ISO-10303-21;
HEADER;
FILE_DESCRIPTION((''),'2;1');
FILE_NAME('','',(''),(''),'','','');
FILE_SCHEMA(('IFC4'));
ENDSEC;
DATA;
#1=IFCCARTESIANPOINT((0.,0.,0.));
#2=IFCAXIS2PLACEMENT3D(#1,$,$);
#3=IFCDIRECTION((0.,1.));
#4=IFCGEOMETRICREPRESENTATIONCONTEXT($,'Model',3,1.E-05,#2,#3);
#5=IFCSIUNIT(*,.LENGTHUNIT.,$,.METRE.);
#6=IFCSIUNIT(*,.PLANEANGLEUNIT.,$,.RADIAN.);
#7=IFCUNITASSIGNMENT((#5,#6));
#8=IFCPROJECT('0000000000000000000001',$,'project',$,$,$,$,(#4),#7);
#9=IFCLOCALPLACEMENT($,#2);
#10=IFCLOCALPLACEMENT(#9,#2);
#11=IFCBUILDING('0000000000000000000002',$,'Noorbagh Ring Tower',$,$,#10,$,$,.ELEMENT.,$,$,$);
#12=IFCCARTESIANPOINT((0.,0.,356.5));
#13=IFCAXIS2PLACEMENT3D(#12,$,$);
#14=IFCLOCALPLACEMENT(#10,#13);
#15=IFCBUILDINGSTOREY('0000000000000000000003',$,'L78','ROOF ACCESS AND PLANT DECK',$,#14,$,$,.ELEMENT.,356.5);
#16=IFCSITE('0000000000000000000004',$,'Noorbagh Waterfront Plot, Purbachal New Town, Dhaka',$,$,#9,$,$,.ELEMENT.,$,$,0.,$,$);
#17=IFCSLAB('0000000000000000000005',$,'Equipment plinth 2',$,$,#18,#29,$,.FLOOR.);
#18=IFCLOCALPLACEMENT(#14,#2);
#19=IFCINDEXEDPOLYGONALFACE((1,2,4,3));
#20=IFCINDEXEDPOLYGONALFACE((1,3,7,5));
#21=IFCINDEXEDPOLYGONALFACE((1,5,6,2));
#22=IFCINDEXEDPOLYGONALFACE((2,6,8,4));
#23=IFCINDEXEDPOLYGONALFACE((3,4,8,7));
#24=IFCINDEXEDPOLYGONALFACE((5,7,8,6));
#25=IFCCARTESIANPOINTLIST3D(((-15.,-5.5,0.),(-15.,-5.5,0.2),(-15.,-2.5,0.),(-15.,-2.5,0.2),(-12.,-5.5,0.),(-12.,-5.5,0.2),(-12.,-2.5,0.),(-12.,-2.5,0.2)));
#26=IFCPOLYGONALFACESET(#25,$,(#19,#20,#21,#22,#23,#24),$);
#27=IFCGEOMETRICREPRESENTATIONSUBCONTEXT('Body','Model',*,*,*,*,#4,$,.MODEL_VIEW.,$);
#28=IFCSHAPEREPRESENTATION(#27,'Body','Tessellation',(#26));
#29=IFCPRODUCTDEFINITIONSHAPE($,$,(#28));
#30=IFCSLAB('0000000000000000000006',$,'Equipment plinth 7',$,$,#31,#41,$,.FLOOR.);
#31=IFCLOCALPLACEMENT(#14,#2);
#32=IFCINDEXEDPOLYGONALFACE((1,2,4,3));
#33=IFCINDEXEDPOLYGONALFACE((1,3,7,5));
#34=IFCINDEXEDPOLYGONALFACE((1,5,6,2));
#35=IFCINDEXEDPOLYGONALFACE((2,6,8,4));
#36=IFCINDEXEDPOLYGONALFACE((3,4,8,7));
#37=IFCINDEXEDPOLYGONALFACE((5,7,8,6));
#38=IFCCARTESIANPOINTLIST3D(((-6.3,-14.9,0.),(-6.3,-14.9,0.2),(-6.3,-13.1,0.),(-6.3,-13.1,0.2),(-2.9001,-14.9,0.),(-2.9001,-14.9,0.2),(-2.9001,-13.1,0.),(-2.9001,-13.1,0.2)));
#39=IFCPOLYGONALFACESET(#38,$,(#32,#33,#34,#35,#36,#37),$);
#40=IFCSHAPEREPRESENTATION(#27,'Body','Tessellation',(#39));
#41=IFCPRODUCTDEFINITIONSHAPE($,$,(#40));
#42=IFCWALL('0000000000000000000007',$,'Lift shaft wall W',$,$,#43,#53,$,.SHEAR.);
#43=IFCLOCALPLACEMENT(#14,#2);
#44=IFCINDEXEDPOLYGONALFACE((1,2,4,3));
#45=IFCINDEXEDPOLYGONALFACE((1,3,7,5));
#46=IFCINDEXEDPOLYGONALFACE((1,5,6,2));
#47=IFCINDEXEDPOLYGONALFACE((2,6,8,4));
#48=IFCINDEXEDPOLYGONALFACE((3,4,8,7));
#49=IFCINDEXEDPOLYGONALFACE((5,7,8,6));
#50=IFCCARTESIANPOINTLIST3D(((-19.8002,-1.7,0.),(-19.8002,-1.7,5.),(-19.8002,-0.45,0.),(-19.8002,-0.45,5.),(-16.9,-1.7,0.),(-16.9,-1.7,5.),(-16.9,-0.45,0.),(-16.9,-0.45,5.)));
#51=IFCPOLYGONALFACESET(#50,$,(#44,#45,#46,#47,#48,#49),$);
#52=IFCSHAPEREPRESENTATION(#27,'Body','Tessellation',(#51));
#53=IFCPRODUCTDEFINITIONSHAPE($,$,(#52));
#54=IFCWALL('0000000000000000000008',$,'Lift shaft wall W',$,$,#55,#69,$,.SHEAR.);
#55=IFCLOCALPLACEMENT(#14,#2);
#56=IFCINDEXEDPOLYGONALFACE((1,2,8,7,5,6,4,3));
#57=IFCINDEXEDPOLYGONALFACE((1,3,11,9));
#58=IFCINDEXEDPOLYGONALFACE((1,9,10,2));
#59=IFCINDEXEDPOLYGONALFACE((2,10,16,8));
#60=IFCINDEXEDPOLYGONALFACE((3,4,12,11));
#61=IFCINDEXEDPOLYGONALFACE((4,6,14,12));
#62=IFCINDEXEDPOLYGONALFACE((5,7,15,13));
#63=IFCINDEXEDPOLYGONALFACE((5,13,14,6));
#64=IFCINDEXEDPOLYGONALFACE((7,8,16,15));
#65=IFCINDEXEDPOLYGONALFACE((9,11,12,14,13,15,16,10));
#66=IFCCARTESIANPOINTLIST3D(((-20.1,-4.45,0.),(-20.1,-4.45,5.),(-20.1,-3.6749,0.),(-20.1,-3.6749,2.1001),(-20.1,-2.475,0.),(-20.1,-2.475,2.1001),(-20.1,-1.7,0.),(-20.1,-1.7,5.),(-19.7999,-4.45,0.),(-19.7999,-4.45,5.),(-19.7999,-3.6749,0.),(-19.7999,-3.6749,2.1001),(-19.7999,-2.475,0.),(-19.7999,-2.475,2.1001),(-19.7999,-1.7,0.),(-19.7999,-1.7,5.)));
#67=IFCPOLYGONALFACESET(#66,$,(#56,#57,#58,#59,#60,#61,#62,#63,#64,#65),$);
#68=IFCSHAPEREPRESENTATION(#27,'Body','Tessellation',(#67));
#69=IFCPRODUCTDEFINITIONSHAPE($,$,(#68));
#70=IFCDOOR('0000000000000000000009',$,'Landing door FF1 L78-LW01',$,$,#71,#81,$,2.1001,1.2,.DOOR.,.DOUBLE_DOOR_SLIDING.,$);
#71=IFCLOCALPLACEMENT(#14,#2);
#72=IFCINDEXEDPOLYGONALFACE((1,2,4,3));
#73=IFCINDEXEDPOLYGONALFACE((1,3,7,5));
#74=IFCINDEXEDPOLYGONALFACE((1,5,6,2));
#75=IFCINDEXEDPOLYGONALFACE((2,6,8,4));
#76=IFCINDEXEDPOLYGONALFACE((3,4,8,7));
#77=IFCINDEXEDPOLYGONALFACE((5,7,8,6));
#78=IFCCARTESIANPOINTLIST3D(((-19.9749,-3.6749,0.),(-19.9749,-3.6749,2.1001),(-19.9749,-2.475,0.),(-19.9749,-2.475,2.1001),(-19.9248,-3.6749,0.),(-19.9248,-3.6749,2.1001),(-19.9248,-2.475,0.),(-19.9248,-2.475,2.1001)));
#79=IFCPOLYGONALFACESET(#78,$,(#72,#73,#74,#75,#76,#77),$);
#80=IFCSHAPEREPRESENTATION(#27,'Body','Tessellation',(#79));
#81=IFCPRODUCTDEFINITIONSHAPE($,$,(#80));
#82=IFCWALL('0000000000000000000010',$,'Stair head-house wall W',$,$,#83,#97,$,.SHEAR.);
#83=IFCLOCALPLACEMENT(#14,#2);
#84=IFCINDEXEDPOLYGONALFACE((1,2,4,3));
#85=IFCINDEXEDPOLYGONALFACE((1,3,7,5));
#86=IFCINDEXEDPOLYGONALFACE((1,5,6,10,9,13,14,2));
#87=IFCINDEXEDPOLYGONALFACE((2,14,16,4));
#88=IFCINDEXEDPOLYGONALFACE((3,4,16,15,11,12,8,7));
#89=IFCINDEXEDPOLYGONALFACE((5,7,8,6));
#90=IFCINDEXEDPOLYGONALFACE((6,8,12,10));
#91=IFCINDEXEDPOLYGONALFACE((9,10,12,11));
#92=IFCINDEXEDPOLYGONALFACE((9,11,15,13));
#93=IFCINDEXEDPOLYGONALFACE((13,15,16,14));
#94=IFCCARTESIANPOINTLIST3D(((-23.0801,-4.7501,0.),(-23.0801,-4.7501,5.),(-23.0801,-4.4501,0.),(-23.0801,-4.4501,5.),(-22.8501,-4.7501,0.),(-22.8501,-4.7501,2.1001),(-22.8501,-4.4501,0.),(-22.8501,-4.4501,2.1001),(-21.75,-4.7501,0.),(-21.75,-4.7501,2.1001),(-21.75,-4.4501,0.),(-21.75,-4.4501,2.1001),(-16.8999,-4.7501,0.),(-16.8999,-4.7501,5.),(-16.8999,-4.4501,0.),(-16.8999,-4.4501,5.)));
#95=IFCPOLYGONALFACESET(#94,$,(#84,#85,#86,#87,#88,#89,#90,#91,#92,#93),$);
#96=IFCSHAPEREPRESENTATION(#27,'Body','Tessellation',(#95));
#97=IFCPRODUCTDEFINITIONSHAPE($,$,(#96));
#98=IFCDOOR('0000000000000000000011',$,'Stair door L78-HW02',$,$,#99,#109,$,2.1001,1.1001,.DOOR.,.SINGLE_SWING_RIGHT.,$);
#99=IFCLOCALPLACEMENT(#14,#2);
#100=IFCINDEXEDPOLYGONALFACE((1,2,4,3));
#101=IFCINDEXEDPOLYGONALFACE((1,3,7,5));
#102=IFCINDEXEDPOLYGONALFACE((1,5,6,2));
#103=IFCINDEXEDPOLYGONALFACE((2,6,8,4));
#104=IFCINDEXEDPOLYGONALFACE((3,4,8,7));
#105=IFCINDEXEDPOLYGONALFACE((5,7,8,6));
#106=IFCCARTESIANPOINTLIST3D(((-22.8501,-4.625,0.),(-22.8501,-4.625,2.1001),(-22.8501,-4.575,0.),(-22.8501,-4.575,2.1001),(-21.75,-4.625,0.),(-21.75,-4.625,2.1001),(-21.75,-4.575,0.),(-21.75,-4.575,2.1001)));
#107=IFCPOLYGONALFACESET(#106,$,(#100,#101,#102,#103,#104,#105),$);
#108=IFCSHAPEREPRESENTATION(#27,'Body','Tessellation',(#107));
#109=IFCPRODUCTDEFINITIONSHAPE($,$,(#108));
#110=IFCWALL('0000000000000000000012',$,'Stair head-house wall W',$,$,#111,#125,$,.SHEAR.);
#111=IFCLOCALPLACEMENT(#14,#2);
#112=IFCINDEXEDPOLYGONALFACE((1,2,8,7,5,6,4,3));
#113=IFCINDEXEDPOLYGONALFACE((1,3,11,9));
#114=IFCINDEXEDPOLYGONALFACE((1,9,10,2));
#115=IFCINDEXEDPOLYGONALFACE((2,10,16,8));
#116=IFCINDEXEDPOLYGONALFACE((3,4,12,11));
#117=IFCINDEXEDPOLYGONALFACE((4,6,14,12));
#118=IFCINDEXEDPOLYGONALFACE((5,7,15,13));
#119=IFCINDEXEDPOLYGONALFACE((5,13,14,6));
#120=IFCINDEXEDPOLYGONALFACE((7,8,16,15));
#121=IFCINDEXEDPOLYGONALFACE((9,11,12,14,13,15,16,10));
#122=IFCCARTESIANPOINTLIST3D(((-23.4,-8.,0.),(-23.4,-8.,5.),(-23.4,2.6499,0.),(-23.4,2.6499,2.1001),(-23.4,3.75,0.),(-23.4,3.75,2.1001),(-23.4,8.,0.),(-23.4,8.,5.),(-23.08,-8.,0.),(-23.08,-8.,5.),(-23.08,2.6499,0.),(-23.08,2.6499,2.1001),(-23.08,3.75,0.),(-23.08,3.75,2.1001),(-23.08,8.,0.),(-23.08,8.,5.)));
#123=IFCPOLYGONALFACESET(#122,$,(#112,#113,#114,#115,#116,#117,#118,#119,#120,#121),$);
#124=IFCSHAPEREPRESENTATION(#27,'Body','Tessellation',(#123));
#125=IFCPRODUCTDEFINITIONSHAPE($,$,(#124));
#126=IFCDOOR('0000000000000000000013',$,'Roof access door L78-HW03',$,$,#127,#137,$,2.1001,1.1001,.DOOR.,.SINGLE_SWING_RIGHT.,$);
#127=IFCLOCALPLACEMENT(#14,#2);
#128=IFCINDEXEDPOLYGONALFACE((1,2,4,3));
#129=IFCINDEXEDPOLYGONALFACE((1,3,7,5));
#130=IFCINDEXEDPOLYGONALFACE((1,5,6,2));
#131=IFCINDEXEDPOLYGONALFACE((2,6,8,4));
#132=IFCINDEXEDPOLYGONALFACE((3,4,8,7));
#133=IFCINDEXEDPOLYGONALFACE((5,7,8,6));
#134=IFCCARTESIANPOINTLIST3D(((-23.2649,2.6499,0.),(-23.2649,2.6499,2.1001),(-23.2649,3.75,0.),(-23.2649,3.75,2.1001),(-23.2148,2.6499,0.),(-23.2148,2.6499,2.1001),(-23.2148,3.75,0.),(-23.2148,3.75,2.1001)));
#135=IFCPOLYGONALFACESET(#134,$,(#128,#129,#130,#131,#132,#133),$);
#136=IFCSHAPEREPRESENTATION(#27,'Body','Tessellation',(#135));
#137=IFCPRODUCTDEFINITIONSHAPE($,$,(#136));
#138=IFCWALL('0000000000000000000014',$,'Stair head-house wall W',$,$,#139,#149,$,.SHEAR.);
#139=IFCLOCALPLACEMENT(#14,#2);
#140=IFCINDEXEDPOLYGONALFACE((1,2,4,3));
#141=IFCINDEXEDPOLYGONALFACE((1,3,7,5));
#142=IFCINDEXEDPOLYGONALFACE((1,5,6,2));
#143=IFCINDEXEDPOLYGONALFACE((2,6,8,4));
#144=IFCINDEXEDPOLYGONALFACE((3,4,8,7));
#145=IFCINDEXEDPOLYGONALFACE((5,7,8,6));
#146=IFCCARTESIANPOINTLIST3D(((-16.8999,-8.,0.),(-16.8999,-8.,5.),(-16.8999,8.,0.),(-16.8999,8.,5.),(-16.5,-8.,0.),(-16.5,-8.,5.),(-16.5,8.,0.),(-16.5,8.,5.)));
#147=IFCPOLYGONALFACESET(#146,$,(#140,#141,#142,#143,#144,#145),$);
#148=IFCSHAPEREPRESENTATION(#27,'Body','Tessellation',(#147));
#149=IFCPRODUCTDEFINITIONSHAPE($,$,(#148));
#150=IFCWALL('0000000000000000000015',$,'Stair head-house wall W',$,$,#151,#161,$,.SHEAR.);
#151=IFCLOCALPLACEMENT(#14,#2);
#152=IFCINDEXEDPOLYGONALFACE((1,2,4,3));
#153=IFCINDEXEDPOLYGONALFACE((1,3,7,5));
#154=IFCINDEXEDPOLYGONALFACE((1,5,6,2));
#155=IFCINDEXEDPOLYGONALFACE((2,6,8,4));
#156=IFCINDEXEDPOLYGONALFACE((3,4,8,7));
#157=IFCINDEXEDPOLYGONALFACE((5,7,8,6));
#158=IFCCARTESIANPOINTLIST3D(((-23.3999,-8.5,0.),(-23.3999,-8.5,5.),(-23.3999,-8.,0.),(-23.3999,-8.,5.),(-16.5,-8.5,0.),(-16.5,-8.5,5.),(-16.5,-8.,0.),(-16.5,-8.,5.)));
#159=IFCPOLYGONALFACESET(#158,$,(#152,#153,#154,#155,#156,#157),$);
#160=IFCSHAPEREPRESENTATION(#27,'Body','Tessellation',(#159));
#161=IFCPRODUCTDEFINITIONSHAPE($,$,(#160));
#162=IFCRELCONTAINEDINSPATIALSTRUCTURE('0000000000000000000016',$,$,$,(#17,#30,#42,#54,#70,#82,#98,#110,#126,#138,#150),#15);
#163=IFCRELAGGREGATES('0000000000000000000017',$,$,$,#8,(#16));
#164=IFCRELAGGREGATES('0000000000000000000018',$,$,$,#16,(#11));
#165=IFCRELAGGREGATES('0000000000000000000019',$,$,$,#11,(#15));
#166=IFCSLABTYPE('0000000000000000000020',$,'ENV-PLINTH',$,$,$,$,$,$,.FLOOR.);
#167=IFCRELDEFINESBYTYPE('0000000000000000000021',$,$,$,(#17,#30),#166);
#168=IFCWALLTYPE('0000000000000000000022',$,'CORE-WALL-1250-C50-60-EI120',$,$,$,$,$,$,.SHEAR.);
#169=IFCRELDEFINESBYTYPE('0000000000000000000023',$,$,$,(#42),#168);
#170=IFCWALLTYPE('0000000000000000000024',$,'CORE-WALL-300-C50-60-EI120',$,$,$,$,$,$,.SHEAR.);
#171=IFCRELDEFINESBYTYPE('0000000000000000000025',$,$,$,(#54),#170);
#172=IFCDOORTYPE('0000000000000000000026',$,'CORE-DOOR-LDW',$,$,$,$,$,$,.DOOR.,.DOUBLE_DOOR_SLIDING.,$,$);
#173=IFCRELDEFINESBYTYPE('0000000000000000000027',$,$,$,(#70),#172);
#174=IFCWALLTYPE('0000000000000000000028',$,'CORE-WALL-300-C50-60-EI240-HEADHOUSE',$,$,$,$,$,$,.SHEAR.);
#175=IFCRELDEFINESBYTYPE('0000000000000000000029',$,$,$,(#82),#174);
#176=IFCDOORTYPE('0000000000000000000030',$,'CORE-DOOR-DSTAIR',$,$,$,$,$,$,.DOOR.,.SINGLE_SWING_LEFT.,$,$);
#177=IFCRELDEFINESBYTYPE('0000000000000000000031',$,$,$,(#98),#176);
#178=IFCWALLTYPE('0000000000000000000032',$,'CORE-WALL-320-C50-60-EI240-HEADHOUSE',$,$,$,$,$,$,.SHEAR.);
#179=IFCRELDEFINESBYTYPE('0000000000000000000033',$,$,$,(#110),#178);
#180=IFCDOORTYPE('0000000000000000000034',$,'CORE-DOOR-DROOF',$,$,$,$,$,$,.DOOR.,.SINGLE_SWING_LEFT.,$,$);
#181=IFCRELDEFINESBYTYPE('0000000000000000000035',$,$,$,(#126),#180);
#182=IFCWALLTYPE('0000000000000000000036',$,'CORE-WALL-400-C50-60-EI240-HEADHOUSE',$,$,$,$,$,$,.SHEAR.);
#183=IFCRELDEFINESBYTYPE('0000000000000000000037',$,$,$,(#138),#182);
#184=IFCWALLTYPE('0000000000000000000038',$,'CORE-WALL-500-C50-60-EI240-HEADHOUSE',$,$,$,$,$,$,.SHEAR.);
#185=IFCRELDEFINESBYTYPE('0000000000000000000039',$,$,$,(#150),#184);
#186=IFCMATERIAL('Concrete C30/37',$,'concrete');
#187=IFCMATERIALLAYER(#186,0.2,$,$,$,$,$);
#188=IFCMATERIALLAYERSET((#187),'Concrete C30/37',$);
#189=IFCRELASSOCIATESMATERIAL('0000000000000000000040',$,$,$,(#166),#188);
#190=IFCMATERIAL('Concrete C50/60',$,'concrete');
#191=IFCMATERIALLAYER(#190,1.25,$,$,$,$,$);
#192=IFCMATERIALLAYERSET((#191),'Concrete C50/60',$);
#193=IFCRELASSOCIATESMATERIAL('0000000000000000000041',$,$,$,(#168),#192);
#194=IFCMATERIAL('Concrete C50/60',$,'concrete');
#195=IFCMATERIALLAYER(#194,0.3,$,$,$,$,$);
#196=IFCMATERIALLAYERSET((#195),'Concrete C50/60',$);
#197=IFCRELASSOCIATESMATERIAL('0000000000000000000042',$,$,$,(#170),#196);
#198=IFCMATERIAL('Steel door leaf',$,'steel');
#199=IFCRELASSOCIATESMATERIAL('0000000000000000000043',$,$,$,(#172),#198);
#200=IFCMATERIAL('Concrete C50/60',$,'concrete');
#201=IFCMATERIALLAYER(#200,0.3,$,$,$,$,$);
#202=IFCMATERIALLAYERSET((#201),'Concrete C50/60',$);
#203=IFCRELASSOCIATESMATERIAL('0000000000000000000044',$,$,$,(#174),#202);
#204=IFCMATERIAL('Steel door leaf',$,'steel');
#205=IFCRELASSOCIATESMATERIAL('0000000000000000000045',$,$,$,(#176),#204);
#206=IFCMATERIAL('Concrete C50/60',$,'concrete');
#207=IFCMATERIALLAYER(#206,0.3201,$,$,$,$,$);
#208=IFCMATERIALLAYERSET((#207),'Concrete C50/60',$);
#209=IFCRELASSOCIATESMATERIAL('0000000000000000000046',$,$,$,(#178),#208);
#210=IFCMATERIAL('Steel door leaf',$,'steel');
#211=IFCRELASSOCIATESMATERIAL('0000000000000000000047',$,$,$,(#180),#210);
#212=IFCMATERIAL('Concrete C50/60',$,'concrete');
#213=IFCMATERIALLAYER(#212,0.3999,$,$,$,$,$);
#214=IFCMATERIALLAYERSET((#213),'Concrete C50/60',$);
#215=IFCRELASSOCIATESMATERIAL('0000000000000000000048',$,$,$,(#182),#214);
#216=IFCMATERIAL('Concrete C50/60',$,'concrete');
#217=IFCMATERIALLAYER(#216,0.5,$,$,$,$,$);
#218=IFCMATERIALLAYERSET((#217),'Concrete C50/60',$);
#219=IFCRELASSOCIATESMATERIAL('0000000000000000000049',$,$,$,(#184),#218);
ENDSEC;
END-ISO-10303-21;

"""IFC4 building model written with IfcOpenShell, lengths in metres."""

from ifc_helpers import new_model, si_unit, direction, frame, frame_2d, origin, origin_2d, place, context, subcontext, project, spatial, rectangle, extrude, material, layer, layer_set, type_object, element, fill, save


model = new_model("IFC4")

# Units and contexts
model_context = context("Model", 3, precision=1e-05, world=origin(), true_north=direction((0.0, 1.0)))
body_context = subcontext(model_context, "Body", "Model", "MODEL_VIEW")
ifc_project = project(units=[si_unit("LENGTHUNIT", "METRE"), si_unit("PLANEANGLEUNIT", "RADIAN")], contexts=[model_context])

# Site, building, storey
site_placement = place(None, origin())
site = spatial("IfcSite", under=ifc_project, at=site_placement, Name="Noorbagh Waterfront Plot, Purbachal New Town, Dhaka", CompositionType="ELEMENT", RefElevation=0.0)
building_placement = place(site_placement, origin())
building = spatial("IfcBuilding", under=site, at=building_placement, Name="Noorbagh Ring Tower", CompositionType="ELEMENT")
storey_placement = place(building_placement, frame((0.0, 0.0, 356.5)))
storey = spatial("IfcBuildingStorey", under=building, at=storey_placement, Name="L78", Description="ROOF ACCESS AND PLANT DECK", CompositionType="ELEMENT", Elevation=356.5)

# Slabs
ifc_material_1 = material(Name="Concrete C30/37", Category="concrete")
ifc_layer_1 = layer(ifc_material_1, 0.2)
ifc_layer_set_1 = layer_set([ifc_layer_1], Name="Concrete C30/37")
slab_type = type_object("IfcSlabType", Name="ENV-PLINTH", PredefinedType="FLOOR", material=ifc_layer_set_1)
slab_1_placement = place(storey_placement, frame((-13.5, -4.0, 0.0), z_axis=(0.0, 0.0, 1.0), x_axis=(1.0, 0.0, 0.0)))
element("IfcSlab", 1, at=slab_1_placement, inside=storey, type_object=slab_type, Name="Equipment plinth 2", PredefinedType="FLOOR", context=body_context, shape_type="SweptSolid", body=[
    extrude(rectangle(XDim=3.0, YDim=3.0, at=origin_2d()), origin(), (0.0, 0.0, 1.0), 0.2),
])
slab_2_placement = place(storey_placement, frame((-4.6001, -14.0, 0.0), z_axis=(0.0, 0.0, 1.0), x_axis=(1.0, 0.0, 0.0)))
element("IfcSlab", 2, at=slab_2_placement, inside=storey, type_object=slab_type, Name="Equipment plinth 7", PredefinedType="FLOOR", context=body_context, shape_type="SweptSolid", body=[
    extrude(rectangle(XDim=3.3999, YDim=1.8, at=origin_2d()), origin(), (0.0, 0.0, 1.0), 0.2),
])

# Wall
ifc_material_2 = material(Name="Concrete C50/60", Category="concrete")
ifc_layer_2 = layer(ifc_material_2, 1.25)
ifc_layer_set_2 = layer_set([ifc_layer_2], Name="Concrete C50/60")
wall_type_1 = type_object("IfcWallType", Name="CORE-WALL-1250-C50-60-EI120", PredefinedType="SHEAR", material=ifc_layer_set_2)
wall_1_placement = place(storey_placement, frame((-16.8999, -1.075, 0.0), z_axis=(0.0, 0.0, 1.0), x_axis=(-1.0, 0.0, 0.0)))
element("IfcWall", 3, at=wall_1_placement, inside=storey, type_object=wall_type_1, Name="Lift shaft wall W", PredefinedType="SHEAR", context=body_context, shape_type="SweptSolid", body=[
    extrude(rectangle(XDim=2.9001, YDim=1.25, at=frame_2d((1.4502, 0.0))), origin(), (0.0, 0.0, 1.0), 5.0),
])

# Walls, openings, doors
ifc_material_3 = material(Name="Concrete C50/60", Category="concrete")
ifc_layer_3 = layer(ifc_material_3, 0.3)
ifc_layer_set_3 = layer_set([ifc_layer_3], Name="Concrete C50/60")
wall_type_2 = type_object("IfcWallType", Name="CORE-WALL-300-C50-60-EI120", PredefinedType="SHEAR", material=ifc_layer_set_3)
wall_2_placement = place(storey_placement, frame((-19.95, -4.45, 0.0), z_axis=(0.0, 0.0, 1.0), x_axis=(0.0, 1.0, 0.0)))
wall_2 = element("IfcWall", 4, at=wall_2_placement, inside=storey, type_object=wall_type_2, Name="Lift shaft wall W", PredefinedType="SHEAR", context=body_context, shape_type="SweptSolid", body=[
    extrude(rectangle(XDim=2.75, YDim=0.3, at=frame_2d((1.375, 0.0))), origin(), (0.0, 0.0, 1.0), 5.0),
])
opening_1_placement = place(wall_2_placement, frame((0.7749, 0.0, 0.0)))
opening_1 = element("IfcOpeningElement", 5, at=opening_1_placement, cuts=wall_2, PredefinedType="OPENING", context=body_context, shape_type="SweptSolid", body=[
    extrude(rectangle(XDim=1.2, YDim=2.1001, at=frame_2d((0.6001, 1.05))), frame((0.0, 0.1602, 0.0), z_axis=(0.0, -1.0, 0.0), x_axis=(1.0, 0.0, 0.0)), (0.0, 0.0, 1.0), 0.3201),
])
ifc_material_4 = material(Name="Steel door leaf", Category="steel")
door_type_1 = type_object("IfcDoorType", Name="CORE-DOOR-LDW", OperationType="DOUBLE_DOOR_SLIDING", PredefinedType="DOOR", material=ifc_material_4)
door_1_placement = place(opening_1_placement, origin())
door_1 = element("IfcDoor", 6, at=door_1_placement, inside=storey, type_object=door_type_1, Name="Landing door FF1 L78-LW01", OperationType="DOUBLE_DOOR_SLIDING", OverallHeight=2.1001, OverallWidth=1.2, PredefinedType="DOOR", context=body_context, shape_type="SweptSolid", body=[
    extrude(rectangle(XDim=1.2, YDim=2.1001, at=frame_2d((0.6001, 1.05))), frame((0.0, 0.0249, 0.0), z_axis=(0.0, -1.0, 0.0), x_axis=(1.0, 0.0, 0.0)), (0.0, 0.0, 1.0), 0.05),
])
fill(opening_1, door_1)
ifc_material_5 = material(Name="Concrete C50/60", Category="concrete")
ifc_layer_4 = layer(ifc_material_5, 0.3)
ifc_layer_set_4 = layer_set([ifc_layer_4], Name="Concrete C50/60")
wall_type_3 = type_object("IfcWallType", Name="CORE-WALL-300-C50-60-EI240-HEADHOUSE", PredefinedType="SHEAR", material=ifc_layer_set_4)
wall_3_placement = place(storey_placement, frame((-16.8999, -4.6001, 0.0), z_axis=(0.0, 0.0, 1.0), x_axis=(-1.0, 0.0, 0.0)))
wall_3 = element("IfcWall", 7, at=wall_3_placement, inside=storey, type_object=wall_type_3, Name="Stair head-house wall W", PredefinedType="SHEAR", context=body_context, shape_type="SweptSolid", body=[
    extrude(rectangle(XDim=6.1802, YDim=0.3, at=frame_2d((3.0901, 0.0))), origin(), (0.0, 0.0, 1.0), 5.0),
])
opening_2_placement = place(wall_3_placement, frame((4.8501, 0.0, 0.0)))
opening_2 = element("IfcOpeningElement", 8, at=opening_2_placement, cuts=wall_3, PredefinedType="OPENING", context=body_context, shape_type="SweptSolid", body=[
    extrude(rectangle(XDim=1.1001, YDim=2.1001, at=frame_2d((0.55, 1.05))), frame((0.0, 0.1602, 0.0), z_axis=(0.0, -1.0, 0.0), x_axis=(1.0, 0.0, 0.0)), (0.0, 0.0, 1.0), 0.3201),
])
ifc_material_6 = material(Name="Steel door leaf", Category="steel")
door_type_2 = type_object("IfcDoorType", Name="CORE-DOOR-DSTAIR", OperationType="SINGLE_SWING_LEFT", PredefinedType="DOOR", material=ifc_material_6)
door_2_placement = place(opening_2_placement, origin())
door_2 = element("IfcDoor", 9, at=door_2_placement, inside=storey, type_object=door_type_2, Name="Stair door L78-HW02", OperationType="SINGLE_SWING_RIGHT", OverallHeight=2.1001, OverallWidth=1.1001, PredefinedType="DOOR", context=body_context, shape_type="SweptSolid", body=[
    extrude(rectangle(XDim=1.1001, YDim=2.1001, at=frame_2d((0.55, 1.05))), frame((0.0, 0.0249, 0.0), z_axis=(0.0, -1.0, 0.0), x_axis=(1.0, 0.0, 0.0)), (0.0, 0.0, 1.0), 0.05),
])
fill(opening_2, door_2)
ifc_material_7 = material(Name="Concrete C50/60", Category="concrete")
ifc_layer_5 = layer(ifc_material_7, 0.3201)
ifc_layer_set_5 = layer_set([ifc_layer_5], Name="Concrete C50/60")
wall_type_4 = type_object("IfcWallType", Name="CORE-WALL-320-C50-60-EI240-HEADHOUSE", PredefinedType="SHEAR", material=ifc_layer_set_5)
wall_4_placement = place(storey_placement, frame((-23.24, -8.0, 0.0), z_axis=(0.0, 0.0, 1.0), x_axis=(0.0, 1.0, 0.0)))
wall_4 = element("IfcWall", 10, at=wall_4_placement, inside=storey, type_object=wall_type_4, Name="Stair head-house wall W", PredefinedType="SHEAR", context=body_context, shape_type="SweptSolid", body=[
    extrude(rectangle(XDim=16.0, YDim=0.3201, at=frame_2d((8.0, 0.0))), origin(), (0.0, 0.0, 1.0), 5.0),
])
opening_3_placement = place(wall_4_placement, frame((10.6499, 0.0, 0.0)))
opening_3 = element("IfcOpeningElement", 11, at=opening_3_placement, cuts=wall_4, PredefinedType="OPENING", context=body_context, shape_type="SweptSolid", body=[
    extrude(rectangle(XDim=1.1001, YDim=2.1001, at=frame_2d((0.55, 1.05))), frame((0.0, 0.1699, 0.0), z_axis=(0.0, -1.0, 0.0), x_axis=(1.0, 0.0, 0.0)), (0.0, 0.0, 1.0), 0.3401),
])
ifc_material_8 = material(Name="Steel door leaf", Category="steel")
door_type_3 = type_object("IfcDoorType", Name="CORE-DOOR-DROOF", OperationType="SINGLE_SWING_LEFT", PredefinedType="DOOR", material=ifc_material_8)
door_3_placement = place(opening_3_placement, origin())
door_3 = element("IfcDoor", 12, at=door_3_placement, inside=storey, type_object=door_type_3, Name="Roof access door L78-HW03", OperationType="SINGLE_SWING_RIGHT", OverallHeight=2.1001, OverallWidth=1.1001, PredefinedType="DOOR", context=body_context, shape_type="SweptSolid", body=[
    extrude(rectangle(XDim=1.1001, YDim=2.1001, at=frame_2d((0.55, 1.05))), frame((0.0, 0.0249, 0.0), z_axis=(0.0, -1.0, 0.0), x_axis=(1.0, 0.0, 0.0)), (0.0, 0.0, 1.0), 0.05),
])
fill(opening_3, door_3)

# Walls
ifc_material_9 = material(Name="Concrete C50/60", Category="concrete")
ifc_layer_6 = layer(ifc_material_9, 0.3999)
ifc_layer_set_6 = layer_set([ifc_layer_6], Name="Concrete C50/60")
wall_type_5 = type_object("IfcWallType", Name="CORE-WALL-400-C50-60-EI240-HEADHOUSE", PredefinedType="SHEAR", material=ifc_layer_set_6)
wall_5_placement = place(storey_placement, frame((-16.7, -8.0, 0.0), z_axis=(0.0, 0.0, 1.0), x_axis=(0.0, 1.0, 0.0)))
element("IfcWall", 13, at=wall_5_placement, inside=storey, type_object=wall_type_5, Name="Stair head-house wall W", PredefinedType="SHEAR", context=body_context, shape_type="SweptSolid", body=[
    extrude(rectangle(XDim=16.0, YDim=0.3999, at=frame_2d((8.0, 0.0))), origin(), (0.0, 0.0, 1.0), 5.0),
])
ifc_material_10 = material(Name="Concrete C50/60", Category="concrete")
ifc_layer_7 = layer(ifc_material_10, 0.5)
ifc_layer_set_7 = layer_set([ifc_layer_7], Name="Concrete C50/60")
wall_type_6 = type_object("IfcWallType", Name="CORE-WALL-500-C50-60-EI240-HEADHOUSE", PredefinedType="SHEAR", material=ifc_layer_set_7)
wall_6_placement = place(storey_placement, frame((-16.5, -8.25, 0.0), z_axis=(0.0, 0.0, 1.0), x_axis=(-1.0, 0.0, 0.0)))
element("IfcWall", 14, at=wall_6_placement, inside=storey, type_object=wall_type_6, Name="Stair head-house wall W", PredefinedType="SHEAR", context=body_context, shape_type="SweptSolid", body=[
    extrude(rectangle(XDim=6.8999, YDim=0.5, at=frame_2d((3.45, 0.0))), origin(), (0.0, 0.0, 1.0), 5.0),
])

save(model, "model.ifc")
